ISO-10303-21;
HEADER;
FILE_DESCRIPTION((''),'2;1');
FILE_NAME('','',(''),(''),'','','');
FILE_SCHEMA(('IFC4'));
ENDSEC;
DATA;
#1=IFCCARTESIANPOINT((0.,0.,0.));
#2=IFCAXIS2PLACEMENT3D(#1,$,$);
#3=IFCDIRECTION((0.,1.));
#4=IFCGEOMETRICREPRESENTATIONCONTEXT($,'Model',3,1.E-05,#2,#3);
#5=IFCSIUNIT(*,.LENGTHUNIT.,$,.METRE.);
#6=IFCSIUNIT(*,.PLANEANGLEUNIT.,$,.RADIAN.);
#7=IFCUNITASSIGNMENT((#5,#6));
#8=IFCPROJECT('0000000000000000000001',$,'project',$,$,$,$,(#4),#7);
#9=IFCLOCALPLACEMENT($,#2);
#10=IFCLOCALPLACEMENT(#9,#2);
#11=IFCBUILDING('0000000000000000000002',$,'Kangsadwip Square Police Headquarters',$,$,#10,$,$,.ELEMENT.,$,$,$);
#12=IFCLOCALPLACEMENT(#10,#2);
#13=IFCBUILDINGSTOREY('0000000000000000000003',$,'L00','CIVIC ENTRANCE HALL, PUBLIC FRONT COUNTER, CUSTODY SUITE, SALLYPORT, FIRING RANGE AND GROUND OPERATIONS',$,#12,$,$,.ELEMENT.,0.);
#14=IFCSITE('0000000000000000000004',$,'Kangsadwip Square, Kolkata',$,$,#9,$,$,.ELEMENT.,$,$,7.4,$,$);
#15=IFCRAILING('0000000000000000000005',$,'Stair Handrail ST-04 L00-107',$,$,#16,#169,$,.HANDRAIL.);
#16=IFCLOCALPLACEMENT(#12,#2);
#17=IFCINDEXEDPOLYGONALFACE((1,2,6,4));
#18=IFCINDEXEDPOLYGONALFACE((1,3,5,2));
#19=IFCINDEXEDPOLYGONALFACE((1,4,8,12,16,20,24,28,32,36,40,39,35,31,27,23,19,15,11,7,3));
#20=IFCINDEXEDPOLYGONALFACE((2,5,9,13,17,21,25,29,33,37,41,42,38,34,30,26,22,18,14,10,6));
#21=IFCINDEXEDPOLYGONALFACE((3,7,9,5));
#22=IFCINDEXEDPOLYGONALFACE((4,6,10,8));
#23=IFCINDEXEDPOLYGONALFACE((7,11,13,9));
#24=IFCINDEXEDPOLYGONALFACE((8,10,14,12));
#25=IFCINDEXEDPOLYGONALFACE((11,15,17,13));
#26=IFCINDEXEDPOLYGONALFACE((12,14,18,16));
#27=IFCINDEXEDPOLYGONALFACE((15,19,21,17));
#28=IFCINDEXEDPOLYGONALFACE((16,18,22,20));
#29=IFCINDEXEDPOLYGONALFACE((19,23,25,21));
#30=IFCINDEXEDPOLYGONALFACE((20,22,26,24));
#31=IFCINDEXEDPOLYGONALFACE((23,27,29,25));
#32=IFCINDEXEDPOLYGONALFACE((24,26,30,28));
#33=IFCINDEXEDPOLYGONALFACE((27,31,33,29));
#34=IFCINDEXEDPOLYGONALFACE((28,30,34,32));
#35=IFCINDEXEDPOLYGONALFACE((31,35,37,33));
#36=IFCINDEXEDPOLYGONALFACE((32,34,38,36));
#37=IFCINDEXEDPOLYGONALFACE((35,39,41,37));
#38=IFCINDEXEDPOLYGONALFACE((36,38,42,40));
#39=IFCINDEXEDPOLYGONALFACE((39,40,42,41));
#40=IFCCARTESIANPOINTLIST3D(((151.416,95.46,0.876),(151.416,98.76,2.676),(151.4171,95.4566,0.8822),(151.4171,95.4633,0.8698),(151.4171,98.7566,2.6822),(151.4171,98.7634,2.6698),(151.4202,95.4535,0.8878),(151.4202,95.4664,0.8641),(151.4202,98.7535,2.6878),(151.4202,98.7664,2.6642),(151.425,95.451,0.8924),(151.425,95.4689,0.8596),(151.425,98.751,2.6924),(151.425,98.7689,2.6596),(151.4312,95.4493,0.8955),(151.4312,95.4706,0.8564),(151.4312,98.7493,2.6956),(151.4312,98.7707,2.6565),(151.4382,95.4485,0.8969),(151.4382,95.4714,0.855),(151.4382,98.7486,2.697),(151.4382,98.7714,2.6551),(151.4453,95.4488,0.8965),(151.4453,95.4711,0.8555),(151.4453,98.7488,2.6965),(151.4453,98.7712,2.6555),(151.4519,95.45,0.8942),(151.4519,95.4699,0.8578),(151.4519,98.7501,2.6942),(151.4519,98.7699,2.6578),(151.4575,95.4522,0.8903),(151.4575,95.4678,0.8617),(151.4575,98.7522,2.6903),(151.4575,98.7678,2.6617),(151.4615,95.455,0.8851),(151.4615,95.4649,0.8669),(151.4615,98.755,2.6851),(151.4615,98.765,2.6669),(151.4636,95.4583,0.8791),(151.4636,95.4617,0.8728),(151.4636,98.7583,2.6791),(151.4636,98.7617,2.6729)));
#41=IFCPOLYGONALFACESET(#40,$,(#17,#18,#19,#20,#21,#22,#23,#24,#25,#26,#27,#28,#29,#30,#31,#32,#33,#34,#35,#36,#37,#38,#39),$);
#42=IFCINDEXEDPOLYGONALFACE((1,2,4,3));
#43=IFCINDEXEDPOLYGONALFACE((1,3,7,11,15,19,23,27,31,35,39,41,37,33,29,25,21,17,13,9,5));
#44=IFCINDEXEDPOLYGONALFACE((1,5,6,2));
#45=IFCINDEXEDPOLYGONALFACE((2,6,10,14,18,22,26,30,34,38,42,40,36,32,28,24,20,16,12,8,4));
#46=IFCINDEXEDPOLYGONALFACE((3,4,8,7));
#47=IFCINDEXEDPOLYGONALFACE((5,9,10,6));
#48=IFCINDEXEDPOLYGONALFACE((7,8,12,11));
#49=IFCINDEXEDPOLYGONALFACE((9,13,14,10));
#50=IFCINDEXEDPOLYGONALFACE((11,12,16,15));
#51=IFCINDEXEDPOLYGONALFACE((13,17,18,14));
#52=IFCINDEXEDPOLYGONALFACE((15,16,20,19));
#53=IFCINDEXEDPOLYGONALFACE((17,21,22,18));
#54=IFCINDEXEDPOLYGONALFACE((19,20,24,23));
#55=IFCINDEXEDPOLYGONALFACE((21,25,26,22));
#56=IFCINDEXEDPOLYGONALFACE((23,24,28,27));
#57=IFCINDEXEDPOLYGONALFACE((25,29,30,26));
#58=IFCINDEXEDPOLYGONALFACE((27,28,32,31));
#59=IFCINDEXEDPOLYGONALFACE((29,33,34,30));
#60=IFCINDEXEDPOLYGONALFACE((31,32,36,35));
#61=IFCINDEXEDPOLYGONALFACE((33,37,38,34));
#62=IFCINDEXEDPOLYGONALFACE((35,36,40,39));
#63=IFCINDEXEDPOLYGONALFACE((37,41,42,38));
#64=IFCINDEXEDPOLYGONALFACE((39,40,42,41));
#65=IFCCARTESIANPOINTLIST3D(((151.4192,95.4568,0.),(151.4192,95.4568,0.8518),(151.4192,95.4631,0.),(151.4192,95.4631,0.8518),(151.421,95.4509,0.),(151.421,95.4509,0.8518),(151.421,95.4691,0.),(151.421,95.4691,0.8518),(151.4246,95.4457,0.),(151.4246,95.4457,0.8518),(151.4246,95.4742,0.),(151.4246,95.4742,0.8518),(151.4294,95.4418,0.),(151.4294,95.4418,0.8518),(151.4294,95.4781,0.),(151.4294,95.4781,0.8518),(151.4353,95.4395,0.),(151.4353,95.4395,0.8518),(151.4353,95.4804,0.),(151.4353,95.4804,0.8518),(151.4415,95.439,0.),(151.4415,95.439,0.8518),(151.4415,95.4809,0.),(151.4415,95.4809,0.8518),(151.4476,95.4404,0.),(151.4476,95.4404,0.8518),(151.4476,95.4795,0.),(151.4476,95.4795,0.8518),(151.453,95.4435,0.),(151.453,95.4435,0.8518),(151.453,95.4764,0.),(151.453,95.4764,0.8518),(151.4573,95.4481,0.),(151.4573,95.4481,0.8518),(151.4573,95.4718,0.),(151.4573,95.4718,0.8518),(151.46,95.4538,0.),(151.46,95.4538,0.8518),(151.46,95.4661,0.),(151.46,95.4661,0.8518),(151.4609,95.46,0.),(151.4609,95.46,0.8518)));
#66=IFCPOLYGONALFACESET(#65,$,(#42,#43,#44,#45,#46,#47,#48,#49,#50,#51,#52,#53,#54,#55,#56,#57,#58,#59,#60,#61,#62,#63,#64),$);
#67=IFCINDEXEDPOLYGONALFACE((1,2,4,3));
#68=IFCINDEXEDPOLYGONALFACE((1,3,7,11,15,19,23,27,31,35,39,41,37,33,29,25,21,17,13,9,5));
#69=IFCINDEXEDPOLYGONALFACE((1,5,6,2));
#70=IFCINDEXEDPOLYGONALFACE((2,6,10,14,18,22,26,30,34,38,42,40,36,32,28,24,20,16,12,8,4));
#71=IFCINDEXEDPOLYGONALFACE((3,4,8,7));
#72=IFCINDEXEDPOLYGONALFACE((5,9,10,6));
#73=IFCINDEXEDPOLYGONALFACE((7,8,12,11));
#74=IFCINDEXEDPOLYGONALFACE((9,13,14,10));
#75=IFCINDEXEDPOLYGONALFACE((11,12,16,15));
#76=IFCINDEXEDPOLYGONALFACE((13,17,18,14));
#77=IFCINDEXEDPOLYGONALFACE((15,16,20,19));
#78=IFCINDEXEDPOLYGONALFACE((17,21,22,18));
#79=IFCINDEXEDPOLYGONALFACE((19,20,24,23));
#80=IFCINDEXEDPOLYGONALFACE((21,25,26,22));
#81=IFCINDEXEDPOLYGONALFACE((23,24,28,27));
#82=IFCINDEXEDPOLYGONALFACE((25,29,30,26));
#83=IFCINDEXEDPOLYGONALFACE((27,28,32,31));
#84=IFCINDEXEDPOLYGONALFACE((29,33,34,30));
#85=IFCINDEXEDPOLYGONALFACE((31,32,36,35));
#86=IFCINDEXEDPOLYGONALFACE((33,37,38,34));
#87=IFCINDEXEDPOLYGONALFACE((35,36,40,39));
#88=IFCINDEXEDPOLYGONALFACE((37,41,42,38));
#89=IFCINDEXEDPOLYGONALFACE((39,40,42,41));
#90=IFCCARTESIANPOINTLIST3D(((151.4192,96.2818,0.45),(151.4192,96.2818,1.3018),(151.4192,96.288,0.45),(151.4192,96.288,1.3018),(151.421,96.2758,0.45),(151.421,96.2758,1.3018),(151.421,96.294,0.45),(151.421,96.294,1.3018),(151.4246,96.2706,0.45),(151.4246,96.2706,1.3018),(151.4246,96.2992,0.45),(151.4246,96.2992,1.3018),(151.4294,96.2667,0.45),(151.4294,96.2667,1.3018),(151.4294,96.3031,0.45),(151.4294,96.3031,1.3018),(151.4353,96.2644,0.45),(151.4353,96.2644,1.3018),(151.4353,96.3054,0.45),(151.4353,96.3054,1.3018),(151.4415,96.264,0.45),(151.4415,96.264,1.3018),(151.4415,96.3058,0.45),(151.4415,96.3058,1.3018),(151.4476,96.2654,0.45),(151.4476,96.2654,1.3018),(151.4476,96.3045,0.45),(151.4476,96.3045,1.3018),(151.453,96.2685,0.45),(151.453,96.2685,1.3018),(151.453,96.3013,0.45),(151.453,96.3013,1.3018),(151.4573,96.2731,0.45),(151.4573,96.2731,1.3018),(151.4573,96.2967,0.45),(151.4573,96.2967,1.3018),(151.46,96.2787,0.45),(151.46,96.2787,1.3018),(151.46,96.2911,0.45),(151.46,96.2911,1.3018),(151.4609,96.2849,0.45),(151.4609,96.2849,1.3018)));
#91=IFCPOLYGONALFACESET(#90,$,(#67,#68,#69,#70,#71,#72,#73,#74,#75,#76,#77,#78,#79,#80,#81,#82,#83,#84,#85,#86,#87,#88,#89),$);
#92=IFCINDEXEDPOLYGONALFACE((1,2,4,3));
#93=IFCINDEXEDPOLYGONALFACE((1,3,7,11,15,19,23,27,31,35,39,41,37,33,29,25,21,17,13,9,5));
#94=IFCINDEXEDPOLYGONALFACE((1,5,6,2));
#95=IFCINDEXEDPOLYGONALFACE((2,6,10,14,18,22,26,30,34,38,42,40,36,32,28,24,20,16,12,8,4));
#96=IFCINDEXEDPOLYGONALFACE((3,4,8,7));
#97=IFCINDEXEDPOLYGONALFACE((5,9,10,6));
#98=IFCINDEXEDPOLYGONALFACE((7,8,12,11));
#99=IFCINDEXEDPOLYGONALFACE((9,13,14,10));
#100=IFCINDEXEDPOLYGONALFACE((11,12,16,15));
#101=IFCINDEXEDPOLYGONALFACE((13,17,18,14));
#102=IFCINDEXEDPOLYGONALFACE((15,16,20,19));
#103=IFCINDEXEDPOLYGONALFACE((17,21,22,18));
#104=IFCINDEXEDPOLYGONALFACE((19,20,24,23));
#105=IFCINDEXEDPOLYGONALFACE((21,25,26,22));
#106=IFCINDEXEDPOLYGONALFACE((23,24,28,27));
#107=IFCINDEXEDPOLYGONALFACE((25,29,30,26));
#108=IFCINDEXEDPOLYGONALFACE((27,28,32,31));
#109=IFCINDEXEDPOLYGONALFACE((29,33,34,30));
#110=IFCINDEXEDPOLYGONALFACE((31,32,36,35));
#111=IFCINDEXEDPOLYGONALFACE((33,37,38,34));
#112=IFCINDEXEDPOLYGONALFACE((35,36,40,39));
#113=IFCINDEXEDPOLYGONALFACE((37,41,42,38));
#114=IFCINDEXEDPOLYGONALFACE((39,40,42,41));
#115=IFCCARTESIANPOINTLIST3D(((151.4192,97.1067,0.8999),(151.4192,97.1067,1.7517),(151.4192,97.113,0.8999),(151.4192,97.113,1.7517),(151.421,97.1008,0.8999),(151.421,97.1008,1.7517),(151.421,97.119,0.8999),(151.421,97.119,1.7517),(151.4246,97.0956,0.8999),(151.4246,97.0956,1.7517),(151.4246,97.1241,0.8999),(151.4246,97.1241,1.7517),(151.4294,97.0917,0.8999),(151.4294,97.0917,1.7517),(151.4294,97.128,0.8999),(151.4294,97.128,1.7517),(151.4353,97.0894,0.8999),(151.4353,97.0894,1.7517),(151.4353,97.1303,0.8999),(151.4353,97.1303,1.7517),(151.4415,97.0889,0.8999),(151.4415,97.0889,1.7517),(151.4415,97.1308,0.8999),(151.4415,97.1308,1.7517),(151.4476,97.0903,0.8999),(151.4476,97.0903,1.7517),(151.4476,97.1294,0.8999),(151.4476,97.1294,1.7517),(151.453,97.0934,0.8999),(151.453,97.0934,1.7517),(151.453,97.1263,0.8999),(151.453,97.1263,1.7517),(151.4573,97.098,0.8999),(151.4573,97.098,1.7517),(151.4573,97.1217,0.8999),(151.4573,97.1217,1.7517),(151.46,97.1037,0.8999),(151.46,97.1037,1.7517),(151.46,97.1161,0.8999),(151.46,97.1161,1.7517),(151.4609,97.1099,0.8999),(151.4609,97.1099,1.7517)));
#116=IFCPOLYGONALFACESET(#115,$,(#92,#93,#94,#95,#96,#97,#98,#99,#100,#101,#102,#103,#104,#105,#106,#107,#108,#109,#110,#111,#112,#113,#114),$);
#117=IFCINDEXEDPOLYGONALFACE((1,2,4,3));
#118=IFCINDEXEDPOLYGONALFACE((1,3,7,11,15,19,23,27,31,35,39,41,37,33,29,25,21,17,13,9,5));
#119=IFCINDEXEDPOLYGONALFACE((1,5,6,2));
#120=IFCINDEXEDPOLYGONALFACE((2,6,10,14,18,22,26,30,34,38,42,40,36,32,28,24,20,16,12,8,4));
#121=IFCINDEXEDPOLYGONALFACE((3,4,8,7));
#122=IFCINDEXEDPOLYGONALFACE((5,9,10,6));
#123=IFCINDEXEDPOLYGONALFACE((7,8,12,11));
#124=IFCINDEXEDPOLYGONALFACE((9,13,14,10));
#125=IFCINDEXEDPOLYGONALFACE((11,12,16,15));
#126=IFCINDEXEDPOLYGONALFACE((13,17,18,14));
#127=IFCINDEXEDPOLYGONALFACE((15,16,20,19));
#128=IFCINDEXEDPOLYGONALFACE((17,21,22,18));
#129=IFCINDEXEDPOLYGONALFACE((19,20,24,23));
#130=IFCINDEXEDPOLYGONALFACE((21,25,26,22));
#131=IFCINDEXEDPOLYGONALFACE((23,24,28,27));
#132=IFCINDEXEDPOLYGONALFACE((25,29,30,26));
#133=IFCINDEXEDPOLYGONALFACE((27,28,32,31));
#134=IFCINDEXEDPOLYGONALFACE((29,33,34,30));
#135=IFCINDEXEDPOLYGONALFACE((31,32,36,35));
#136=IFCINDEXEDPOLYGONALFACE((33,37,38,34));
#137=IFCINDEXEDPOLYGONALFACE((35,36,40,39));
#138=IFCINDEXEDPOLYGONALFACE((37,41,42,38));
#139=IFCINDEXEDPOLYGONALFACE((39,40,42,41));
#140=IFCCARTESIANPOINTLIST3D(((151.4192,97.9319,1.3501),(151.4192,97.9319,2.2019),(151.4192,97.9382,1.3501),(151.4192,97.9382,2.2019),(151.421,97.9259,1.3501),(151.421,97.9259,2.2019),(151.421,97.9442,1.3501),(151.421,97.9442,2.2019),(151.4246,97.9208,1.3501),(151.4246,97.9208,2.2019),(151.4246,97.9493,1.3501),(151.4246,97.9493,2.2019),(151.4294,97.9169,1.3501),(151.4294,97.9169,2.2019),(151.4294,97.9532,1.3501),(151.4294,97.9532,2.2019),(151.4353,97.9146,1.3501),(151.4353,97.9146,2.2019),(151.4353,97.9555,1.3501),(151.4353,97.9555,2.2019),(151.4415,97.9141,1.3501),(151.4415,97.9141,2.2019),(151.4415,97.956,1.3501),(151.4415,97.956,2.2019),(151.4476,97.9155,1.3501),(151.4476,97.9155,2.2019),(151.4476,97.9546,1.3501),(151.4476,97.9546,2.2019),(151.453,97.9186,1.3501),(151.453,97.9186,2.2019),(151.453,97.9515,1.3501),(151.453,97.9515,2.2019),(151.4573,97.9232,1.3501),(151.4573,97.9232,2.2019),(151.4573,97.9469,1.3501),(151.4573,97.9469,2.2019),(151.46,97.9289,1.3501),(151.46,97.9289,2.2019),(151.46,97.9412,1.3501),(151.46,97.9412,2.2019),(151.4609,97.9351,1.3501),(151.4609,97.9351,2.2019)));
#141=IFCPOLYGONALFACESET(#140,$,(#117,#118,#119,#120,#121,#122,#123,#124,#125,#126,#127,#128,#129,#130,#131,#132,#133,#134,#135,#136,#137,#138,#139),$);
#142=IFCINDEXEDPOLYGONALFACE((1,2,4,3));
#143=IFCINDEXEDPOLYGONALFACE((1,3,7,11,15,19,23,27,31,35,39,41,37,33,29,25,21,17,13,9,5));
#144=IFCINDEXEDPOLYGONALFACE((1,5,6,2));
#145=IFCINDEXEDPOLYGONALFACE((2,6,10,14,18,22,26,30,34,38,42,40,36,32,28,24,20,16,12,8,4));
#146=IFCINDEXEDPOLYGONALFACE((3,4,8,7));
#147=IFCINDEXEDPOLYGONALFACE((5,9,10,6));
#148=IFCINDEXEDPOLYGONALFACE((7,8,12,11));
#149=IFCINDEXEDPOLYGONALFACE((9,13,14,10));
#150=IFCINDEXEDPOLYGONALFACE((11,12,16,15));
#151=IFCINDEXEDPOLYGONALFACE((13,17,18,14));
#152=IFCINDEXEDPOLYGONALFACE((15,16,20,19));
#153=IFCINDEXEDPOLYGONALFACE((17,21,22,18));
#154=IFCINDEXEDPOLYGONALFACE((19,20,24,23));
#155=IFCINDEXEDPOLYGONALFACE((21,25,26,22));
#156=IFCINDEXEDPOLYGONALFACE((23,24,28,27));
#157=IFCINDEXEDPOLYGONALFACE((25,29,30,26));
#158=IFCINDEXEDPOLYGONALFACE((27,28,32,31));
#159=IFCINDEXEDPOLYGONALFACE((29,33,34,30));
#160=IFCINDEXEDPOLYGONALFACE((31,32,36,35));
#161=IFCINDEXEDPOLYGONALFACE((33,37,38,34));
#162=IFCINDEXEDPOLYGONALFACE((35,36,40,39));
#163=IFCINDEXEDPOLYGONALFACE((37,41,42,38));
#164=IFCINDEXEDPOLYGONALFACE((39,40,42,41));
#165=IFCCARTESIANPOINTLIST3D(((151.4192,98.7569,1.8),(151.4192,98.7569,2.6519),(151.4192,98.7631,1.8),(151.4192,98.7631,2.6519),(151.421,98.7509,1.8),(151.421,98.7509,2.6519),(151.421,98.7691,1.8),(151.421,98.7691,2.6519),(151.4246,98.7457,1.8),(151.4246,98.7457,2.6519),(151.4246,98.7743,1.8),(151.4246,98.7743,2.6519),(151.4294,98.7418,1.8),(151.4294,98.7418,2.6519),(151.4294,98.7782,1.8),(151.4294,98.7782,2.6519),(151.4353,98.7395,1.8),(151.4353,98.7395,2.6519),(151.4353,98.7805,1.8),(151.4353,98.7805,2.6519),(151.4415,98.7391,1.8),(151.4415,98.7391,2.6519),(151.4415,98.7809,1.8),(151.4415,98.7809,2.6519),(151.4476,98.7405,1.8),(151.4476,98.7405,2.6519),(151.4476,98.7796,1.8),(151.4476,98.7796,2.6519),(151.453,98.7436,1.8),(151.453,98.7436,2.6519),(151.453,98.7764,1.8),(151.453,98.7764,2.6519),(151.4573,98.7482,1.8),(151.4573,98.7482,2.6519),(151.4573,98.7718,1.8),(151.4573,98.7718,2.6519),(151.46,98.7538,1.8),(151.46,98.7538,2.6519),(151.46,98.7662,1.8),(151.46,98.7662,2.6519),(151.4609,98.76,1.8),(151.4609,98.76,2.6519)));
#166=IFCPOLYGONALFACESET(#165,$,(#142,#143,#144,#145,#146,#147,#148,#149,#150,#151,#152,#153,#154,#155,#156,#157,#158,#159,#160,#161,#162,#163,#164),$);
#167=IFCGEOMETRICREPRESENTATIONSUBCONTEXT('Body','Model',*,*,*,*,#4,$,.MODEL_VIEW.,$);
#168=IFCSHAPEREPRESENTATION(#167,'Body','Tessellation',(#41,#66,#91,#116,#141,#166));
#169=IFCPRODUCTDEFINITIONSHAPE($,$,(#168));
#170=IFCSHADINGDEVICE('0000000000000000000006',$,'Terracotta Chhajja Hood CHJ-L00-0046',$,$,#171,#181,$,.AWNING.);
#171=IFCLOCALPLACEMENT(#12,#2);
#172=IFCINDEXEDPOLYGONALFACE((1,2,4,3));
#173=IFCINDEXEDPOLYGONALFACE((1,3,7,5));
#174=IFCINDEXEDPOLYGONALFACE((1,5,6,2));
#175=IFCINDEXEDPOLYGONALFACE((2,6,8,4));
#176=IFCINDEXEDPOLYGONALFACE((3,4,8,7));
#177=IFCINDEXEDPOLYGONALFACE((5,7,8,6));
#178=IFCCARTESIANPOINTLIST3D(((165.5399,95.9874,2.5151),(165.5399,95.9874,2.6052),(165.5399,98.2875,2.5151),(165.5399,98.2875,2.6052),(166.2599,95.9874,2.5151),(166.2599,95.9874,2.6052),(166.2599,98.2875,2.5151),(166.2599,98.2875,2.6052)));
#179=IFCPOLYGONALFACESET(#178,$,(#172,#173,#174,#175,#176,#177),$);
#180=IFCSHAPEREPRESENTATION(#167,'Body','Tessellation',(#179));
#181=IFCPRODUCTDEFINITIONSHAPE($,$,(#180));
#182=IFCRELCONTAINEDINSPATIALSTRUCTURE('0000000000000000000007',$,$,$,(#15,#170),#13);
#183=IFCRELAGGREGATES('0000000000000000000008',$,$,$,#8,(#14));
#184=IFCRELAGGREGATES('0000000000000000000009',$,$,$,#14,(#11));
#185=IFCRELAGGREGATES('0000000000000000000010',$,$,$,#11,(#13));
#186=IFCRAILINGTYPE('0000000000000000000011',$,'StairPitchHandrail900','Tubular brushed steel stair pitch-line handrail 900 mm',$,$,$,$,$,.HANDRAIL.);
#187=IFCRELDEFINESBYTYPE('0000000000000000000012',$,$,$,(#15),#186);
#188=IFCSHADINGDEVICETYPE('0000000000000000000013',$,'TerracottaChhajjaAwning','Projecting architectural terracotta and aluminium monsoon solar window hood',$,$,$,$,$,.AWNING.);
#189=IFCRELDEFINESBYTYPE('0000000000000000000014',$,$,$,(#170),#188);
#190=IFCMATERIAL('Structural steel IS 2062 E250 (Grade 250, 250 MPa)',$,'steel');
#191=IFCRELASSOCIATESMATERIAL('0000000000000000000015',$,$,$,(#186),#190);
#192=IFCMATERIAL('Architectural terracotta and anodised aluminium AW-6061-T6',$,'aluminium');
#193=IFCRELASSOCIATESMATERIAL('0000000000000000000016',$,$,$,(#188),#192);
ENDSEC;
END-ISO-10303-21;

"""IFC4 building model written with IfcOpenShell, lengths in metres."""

from ifc_helpers import new_model, si_unit, direction, frame, origin, origin_2d, place, context, subcontext, project, spatial, rectangle, circle, extrude, material, type_object, element, save


model = new_model("IFC4")

# Units and contexts
model_context = context("Model", 3, precision=1e-05, world=origin(), true_north=direction((0.0, 1.0)))
body_context = subcontext(model_context, "Body", "Model", "MODEL_VIEW")
ifc_project = project(units=[si_unit("LENGTHUNIT", "METRE"), si_unit("PLANEANGLEUNIT", "RADIAN")], contexts=[model_context])

# Site, building, storey
site_placement = place(None, origin())
site = spatial("IfcSite", under=ifc_project, at=site_placement, Name="Kangsadwip Square, Kolkata", CompositionType="ELEMENT", RefElevation=7.4)
building_placement = place(site_placement, origin())
building = spatial("IfcBuilding", under=site, at=building_placement, Name="Kangsadwip Square Police Headquarters", CompositionType="ELEMENT")
storey_placement = place(building_placement, origin())
storey = spatial("IfcBuildingStorey", under=building, at=storey_placement, Name="L00", Description="CIVIC ENTRANCE HALL, PUBLIC FRONT COUNTER, CUSTODY SUITE, SALLYPORT, FIRING RANGE AND GROUND OPERATIONS", CompositionType="ELEMENT", Elevation=0.0)

# Railing
ifc_material_1 = material(Name="Structural steel IS 2062 E250 (Grade 250, 250 MPa)", Category="steel")
railing_type_1 = type_object("IfcRailingType", Name="StairPitchHandrail900", Description="Tubular brushed steel stair pitch-line handrail 900 mm", PredefinedType="HANDRAIL", material=ifc_material_1)
railing_1_placement = place(storey_placement, frame((151.4399, 95.46, 0.0)))
element("IfcRailing", 1, at=railing_1_placement, inside=storey, type_object=railing_type_1, Name="Stair Handrail ST-04 L00-107", PredefinedType="HANDRAIL", context=body_context, shape_type="SweptSolid", body=[
    extrude(circle(Radius=0.0239, at=origin_2d()), frame((0.0, 0.0, 0.876), z_axis=(0.0, 0.877893, 0.478857), x_axis=(-1.0, 0.0, 0.0)), (0.0, 0.0, 1.0), 3.759),
    extrude(circle(Radius=0.021, at=origin_2d()), origin(), (0.0, 0.0, 1.0), 0.8518),
    extrude(circle(Radius=0.021, at=origin_2d()), frame((0.0, 0.825, 0.45)), (0.0, 0.0, 1.0), 0.8518),
    extrude(circle(Radius=0.021, at=origin_2d()), frame((0.0, 1.6499, 0.8999)), (0.0, 0.0, 1.0), 0.8518),
    extrude(circle(Radius=0.021, at=origin_2d()), frame((0.0, 2.4751, 1.3501)), (0.0, 0.0, 1.0), 0.8518),
    extrude(circle(Radius=0.021, at=origin_2d()), frame((0.0, 3.3, 1.8)), (0.0, 0.0, 1.0), 0.8518),
])

# Shading device
ifc_material_2 = material(Name="Architectural terracotta and anodised aluminium AW-6061-T6", Category="aluminium")
shading_device_type = type_object("IfcShadingDeviceType", Name="TerracottaChhajjaAwning", Description="Projecting architectural terracotta and aluminium monsoon solar window hood", PredefinedType="AWNING", material=ifc_material_2)
shading_device_placement = place(storey_placement, frame((165.8999, 97.1375, 2.5151), z_axis=(0.0, 0.0, 1.0), x_axis=(0.0, 1.0, 0.0)))
element("IfcShadingDevice", 2, at=shading_device_placement, inside=storey, type_object=shading_device_type, Name="Terracotta Chhajja Hood CHJ-L00-0046", PredefinedType="AWNING", context=body_context, shape_type="SweptSolid", body=[
    extrude(rectangle(XDim=2.3, YDim=0.72, at=origin_2d()), origin(), (0.0, 0.0, 1.0), 0.0901),
])

save(model, "model.ifc")
